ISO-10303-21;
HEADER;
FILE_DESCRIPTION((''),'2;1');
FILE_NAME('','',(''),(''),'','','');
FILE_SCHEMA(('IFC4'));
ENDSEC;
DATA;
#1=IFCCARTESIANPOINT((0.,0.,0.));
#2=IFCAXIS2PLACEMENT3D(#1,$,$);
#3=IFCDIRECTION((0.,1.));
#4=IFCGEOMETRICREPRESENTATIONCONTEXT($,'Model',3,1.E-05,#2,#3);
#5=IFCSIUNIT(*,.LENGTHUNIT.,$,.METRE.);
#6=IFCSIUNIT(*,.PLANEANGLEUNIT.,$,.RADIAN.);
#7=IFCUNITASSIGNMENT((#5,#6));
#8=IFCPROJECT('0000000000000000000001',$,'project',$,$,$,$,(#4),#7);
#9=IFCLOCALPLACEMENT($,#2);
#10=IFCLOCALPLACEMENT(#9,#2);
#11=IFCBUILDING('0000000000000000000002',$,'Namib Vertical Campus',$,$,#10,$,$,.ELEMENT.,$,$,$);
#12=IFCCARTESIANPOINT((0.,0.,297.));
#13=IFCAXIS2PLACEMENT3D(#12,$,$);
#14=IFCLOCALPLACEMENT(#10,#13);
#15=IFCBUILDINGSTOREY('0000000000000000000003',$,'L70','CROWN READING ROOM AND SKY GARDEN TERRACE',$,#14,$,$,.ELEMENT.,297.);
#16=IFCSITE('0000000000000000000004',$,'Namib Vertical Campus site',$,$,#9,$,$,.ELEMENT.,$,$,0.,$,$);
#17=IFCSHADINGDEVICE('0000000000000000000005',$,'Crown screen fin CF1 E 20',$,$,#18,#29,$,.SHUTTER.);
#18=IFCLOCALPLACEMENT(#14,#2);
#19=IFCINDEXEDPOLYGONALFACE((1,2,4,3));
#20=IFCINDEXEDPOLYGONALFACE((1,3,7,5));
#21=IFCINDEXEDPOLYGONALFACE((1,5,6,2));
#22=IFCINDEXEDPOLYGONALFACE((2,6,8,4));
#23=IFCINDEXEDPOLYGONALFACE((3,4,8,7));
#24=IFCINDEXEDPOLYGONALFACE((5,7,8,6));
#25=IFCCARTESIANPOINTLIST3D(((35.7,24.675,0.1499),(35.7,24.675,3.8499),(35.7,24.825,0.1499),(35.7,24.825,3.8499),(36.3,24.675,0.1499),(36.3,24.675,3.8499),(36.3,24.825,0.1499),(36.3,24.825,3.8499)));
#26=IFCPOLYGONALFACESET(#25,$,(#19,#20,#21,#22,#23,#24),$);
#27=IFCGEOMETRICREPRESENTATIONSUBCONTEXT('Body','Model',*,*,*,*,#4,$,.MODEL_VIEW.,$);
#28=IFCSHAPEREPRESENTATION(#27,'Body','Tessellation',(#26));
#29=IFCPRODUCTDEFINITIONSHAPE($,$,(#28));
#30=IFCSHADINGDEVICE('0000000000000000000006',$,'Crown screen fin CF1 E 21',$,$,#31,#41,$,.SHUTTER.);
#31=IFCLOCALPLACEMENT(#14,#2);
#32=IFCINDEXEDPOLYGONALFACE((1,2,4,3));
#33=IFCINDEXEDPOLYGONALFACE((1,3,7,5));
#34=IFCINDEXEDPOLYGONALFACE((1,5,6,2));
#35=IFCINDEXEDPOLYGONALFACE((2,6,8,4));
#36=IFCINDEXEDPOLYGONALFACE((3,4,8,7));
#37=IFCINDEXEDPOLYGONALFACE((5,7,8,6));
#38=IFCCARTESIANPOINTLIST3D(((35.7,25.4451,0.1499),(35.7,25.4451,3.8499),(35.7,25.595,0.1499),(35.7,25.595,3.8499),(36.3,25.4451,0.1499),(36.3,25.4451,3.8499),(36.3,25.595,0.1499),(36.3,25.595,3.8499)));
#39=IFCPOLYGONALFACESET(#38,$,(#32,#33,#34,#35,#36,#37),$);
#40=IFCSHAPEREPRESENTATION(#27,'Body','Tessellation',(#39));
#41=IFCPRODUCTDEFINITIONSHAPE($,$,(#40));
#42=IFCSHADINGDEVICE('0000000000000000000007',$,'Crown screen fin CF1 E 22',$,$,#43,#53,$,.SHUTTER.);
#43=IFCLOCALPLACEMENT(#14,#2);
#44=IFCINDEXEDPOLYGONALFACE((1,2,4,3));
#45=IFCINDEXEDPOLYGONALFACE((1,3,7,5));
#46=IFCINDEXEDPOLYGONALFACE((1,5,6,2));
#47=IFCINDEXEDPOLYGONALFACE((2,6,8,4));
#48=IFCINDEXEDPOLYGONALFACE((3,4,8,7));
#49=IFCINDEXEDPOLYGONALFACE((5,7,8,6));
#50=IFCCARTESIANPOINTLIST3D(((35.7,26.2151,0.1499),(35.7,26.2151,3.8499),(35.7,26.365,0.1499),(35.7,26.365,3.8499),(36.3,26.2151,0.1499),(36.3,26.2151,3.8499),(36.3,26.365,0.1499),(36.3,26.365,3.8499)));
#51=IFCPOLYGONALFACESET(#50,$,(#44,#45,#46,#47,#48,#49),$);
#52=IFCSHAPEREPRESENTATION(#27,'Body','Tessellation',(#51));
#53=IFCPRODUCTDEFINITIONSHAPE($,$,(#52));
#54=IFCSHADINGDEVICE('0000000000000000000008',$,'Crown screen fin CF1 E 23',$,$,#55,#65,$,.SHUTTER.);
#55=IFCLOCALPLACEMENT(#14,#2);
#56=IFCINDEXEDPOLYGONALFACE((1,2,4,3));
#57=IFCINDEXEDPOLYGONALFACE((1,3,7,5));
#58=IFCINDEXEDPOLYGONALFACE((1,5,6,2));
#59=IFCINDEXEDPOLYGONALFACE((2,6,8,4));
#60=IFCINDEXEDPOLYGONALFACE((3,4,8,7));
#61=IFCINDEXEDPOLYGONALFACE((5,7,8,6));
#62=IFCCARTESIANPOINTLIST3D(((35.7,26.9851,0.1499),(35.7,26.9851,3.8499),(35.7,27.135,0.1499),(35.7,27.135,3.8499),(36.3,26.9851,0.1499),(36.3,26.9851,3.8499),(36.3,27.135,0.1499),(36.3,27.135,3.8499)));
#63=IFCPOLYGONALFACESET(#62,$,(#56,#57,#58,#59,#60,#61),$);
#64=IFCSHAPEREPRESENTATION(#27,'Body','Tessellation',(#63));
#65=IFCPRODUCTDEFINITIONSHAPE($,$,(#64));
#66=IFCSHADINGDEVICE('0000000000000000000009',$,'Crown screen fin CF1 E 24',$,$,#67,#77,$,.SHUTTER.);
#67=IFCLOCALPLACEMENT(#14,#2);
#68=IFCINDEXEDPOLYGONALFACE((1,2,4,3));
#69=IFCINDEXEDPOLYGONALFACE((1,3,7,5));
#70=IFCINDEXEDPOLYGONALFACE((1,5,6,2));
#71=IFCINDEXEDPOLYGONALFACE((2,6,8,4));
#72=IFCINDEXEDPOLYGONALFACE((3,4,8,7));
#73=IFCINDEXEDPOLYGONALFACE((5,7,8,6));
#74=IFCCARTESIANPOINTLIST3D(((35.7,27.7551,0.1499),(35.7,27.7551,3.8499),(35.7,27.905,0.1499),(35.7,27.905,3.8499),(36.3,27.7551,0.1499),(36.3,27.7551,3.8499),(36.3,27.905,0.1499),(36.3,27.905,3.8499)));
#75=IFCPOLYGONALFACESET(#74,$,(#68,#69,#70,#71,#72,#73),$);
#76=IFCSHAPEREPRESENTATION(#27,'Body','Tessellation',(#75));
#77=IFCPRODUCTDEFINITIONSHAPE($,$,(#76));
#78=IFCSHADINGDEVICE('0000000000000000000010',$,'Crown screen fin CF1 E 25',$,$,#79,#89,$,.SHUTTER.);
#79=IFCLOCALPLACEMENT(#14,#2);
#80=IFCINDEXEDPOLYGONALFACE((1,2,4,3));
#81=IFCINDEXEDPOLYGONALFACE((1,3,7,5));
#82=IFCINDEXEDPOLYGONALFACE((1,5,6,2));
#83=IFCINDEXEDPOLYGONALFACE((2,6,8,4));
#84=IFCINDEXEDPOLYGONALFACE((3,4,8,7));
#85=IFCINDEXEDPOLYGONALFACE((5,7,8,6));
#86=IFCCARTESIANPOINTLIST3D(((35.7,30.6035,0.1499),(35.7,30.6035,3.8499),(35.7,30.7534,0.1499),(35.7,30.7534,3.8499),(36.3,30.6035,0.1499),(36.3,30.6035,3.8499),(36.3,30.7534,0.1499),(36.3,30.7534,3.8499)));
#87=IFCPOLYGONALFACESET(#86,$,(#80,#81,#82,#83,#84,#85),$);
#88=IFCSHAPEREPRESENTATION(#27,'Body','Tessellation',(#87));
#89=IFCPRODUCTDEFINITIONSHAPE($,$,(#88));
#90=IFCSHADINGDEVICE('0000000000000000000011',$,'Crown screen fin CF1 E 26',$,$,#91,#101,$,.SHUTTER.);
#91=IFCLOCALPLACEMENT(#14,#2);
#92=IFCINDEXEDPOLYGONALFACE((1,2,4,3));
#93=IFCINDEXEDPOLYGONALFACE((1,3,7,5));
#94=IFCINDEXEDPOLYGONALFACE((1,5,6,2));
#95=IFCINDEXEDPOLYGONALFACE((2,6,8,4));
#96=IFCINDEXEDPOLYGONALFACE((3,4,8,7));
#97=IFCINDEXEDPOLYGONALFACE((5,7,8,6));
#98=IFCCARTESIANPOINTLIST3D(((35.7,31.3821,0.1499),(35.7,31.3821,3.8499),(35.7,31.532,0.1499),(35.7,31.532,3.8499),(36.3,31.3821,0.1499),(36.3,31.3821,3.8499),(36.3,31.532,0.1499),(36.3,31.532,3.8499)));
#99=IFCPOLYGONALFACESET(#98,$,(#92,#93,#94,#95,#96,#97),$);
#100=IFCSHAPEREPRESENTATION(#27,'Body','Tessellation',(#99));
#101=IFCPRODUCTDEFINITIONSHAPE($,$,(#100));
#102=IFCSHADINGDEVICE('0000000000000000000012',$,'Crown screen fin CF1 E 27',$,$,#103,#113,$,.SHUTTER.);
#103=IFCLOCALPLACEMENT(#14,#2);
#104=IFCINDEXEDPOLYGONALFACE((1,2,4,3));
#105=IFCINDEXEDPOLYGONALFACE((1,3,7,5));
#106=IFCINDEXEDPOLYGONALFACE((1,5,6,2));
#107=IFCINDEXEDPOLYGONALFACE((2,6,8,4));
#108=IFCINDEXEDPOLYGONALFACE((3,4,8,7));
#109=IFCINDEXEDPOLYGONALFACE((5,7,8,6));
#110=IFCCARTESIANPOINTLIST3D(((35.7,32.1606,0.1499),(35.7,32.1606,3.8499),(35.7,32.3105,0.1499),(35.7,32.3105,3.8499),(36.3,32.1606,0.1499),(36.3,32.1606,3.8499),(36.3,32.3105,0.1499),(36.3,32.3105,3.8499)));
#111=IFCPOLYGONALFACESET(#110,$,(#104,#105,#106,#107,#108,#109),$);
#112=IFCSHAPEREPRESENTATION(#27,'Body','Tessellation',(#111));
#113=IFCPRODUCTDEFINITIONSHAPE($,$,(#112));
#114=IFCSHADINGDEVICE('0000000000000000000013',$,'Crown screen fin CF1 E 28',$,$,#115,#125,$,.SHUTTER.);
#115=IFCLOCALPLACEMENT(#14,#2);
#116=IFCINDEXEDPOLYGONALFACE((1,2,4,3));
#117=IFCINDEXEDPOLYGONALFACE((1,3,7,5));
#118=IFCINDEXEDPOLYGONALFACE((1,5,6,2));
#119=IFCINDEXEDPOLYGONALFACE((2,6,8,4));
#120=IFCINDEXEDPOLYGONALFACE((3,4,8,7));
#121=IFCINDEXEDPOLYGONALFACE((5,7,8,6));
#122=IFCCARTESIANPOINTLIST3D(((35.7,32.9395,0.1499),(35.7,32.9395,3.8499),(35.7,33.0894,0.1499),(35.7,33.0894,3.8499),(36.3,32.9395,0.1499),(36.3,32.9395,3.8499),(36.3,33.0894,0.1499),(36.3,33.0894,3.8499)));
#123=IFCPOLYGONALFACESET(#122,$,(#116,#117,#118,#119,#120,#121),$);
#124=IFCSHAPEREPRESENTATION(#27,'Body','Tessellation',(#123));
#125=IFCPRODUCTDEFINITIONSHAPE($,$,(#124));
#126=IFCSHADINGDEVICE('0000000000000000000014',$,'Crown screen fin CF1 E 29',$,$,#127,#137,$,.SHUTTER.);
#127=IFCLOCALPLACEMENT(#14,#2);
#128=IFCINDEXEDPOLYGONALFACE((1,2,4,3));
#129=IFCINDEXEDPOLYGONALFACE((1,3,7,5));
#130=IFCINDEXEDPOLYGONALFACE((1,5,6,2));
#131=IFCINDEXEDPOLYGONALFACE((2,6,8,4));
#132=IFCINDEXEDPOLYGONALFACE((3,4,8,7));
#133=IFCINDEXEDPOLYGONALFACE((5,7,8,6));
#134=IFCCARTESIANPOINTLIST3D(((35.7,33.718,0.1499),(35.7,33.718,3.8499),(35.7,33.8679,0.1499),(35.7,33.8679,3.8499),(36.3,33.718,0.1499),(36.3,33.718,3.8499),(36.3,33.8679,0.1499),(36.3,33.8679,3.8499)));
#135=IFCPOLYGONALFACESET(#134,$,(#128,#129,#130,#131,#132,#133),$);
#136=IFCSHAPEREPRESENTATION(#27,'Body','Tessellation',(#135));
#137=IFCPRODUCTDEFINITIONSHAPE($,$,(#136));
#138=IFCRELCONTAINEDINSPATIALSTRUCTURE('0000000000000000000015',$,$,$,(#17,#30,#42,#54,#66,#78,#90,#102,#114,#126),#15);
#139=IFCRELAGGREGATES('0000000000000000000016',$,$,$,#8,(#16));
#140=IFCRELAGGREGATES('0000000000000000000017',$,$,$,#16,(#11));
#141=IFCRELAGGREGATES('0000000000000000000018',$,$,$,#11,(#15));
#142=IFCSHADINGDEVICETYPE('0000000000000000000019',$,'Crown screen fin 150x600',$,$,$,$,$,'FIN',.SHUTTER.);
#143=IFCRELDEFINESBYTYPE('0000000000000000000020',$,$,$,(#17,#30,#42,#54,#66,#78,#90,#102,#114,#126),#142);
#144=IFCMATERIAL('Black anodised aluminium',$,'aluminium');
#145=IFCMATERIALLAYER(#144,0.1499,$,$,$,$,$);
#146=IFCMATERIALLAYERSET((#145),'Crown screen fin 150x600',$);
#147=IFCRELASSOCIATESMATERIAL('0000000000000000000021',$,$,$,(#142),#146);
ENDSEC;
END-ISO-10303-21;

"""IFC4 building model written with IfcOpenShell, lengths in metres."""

from ifc_helpers import new_model, si_unit, direction, frame, origin, origin_2d, place, context, subcontext, project, spatial, rectangle, extrude, material, layer, layer_set, type_object, element, save


model = new_model("IFC4")

# Units and contexts
model_context = context("Model", 3, precision=1e-05, world=origin(), true_north=direction((0.0, 1.0)))
body_context = subcontext(model_context, "Body", "Model", "MODEL_VIEW")
ifc_project = project(units=[si_unit("LENGTHUNIT", "METRE"), si_unit("PLANEANGLEUNIT", "RADIAN")], contexts=[model_context])

# Site, building, storey
site_placement = place(None, origin())
site = spatial("IfcSite", under=ifc_project, at=site_placement, Name="Namib Vertical Campus site", CompositionType="ELEMENT", RefElevation=0.0)
building_placement = place(site_placement, origin())
building = spatial("IfcBuilding", under=site, at=building_placement, Name="Namib Vertical Campus", CompositionType="ELEMENT")
storey_placement = place(building_placement, frame((0.0, 0.0, 297.0)))
storey = spatial("IfcBuildingStorey", under=building, at=storey_placement, Name="L70", Description="CROWN READING ROOM AND SKY GARDEN TERRACE", CompositionType="ELEMENT", Elevation=297.0)

# Shading devices
ifc_material_1 = material(Name="Black anodised aluminium", Category="aluminium")
ifc_layer_1 = layer(ifc_material_1, 0.1499)
ifc_layer_set_1 = layer_set([ifc_layer_1], Name="Crown screen fin 150x600")
shading_device_type = type_object("IfcShadingDeviceType", Name="Crown screen fin 150x600", ElementType="FIN", PredefinedType="SHUTTER", material=ifc_layer_set_1)
for number, where, z_axis, x_axis, name in (
    (1, (36.0, 24.75, 0.1499), (0.0, 0.0, 1.0), (0.0, 1.0, 0.0), "Crown screen fin CF1 E 20"),
    (2, (36.0, 25.52, 0.1499), (0.0, 0.0, 1.0), (0.0, 1.0, 0.0), "Crown screen fin CF1 E 21"),
    (3, (36.0, 26.29, 0.1499), (0.0, 0.0, 1.0), (0.0, 1.0, 0.0), "Crown screen fin CF1 E 22"),
    (4, (36.0, 27.0601, 0.1499), (0.0, 0.0, 1.0), (0.0, 1.0, 0.0), "Crown screen fin CF1 E 23"),
    (5, (36.0, 27.8301, 0.1499), (0.0, 0.0, 1.0), (0.0, 1.0, 0.0), "Crown screen fin CF1 E 24"),
    (6, (36.0, 30.6785, 0.1499), (0.0, 0.0, 1.0), (0.0, 1.0, 0.0), "Crown screen fin CF1 E 25"),
    (7, (36.0, 31.457, 0.1499), (0.0, 0.0, 1.0), (0.0, 1.0, 0.0), "Crown screen fin CF1 E 26"),
    (8, (36.0, 32.2356, 0.1499), (0.0, 0.0, 1.0), (0.0, 1.0, 0.0), "Crown screen fin CF1 E 27"),
    (9, (36.0, 33.0144, 0.1499), (0.0, 0.0, 1.0), (0.0, 1.0, 0.0), "Crown screen fin CF1 E 28"),
    (10, (36.0, 33.793, 0.1499), (0.0, 0.0, 1.0), (0.0, 1.0, 0.0), "Crown screen fin CF1 E 29"),
):
    element("IfcShadingDevice", number, at=place(storey_placement, frame(where, z_axis=z_axis, x_axis=x_axis)), inside=storey, type_object=shading_device_type, Name=name, PredefinedType="SHUTTER", context=body_context, shape_type="SweptSolid", body=[
        extrude(rectangle(XDim=0.1499, YDim=0.6001, at=origin_2d()), origin(), (0.0, 0.0, 1.0), 3.7),
    ])

save(model, "model.ifc")
